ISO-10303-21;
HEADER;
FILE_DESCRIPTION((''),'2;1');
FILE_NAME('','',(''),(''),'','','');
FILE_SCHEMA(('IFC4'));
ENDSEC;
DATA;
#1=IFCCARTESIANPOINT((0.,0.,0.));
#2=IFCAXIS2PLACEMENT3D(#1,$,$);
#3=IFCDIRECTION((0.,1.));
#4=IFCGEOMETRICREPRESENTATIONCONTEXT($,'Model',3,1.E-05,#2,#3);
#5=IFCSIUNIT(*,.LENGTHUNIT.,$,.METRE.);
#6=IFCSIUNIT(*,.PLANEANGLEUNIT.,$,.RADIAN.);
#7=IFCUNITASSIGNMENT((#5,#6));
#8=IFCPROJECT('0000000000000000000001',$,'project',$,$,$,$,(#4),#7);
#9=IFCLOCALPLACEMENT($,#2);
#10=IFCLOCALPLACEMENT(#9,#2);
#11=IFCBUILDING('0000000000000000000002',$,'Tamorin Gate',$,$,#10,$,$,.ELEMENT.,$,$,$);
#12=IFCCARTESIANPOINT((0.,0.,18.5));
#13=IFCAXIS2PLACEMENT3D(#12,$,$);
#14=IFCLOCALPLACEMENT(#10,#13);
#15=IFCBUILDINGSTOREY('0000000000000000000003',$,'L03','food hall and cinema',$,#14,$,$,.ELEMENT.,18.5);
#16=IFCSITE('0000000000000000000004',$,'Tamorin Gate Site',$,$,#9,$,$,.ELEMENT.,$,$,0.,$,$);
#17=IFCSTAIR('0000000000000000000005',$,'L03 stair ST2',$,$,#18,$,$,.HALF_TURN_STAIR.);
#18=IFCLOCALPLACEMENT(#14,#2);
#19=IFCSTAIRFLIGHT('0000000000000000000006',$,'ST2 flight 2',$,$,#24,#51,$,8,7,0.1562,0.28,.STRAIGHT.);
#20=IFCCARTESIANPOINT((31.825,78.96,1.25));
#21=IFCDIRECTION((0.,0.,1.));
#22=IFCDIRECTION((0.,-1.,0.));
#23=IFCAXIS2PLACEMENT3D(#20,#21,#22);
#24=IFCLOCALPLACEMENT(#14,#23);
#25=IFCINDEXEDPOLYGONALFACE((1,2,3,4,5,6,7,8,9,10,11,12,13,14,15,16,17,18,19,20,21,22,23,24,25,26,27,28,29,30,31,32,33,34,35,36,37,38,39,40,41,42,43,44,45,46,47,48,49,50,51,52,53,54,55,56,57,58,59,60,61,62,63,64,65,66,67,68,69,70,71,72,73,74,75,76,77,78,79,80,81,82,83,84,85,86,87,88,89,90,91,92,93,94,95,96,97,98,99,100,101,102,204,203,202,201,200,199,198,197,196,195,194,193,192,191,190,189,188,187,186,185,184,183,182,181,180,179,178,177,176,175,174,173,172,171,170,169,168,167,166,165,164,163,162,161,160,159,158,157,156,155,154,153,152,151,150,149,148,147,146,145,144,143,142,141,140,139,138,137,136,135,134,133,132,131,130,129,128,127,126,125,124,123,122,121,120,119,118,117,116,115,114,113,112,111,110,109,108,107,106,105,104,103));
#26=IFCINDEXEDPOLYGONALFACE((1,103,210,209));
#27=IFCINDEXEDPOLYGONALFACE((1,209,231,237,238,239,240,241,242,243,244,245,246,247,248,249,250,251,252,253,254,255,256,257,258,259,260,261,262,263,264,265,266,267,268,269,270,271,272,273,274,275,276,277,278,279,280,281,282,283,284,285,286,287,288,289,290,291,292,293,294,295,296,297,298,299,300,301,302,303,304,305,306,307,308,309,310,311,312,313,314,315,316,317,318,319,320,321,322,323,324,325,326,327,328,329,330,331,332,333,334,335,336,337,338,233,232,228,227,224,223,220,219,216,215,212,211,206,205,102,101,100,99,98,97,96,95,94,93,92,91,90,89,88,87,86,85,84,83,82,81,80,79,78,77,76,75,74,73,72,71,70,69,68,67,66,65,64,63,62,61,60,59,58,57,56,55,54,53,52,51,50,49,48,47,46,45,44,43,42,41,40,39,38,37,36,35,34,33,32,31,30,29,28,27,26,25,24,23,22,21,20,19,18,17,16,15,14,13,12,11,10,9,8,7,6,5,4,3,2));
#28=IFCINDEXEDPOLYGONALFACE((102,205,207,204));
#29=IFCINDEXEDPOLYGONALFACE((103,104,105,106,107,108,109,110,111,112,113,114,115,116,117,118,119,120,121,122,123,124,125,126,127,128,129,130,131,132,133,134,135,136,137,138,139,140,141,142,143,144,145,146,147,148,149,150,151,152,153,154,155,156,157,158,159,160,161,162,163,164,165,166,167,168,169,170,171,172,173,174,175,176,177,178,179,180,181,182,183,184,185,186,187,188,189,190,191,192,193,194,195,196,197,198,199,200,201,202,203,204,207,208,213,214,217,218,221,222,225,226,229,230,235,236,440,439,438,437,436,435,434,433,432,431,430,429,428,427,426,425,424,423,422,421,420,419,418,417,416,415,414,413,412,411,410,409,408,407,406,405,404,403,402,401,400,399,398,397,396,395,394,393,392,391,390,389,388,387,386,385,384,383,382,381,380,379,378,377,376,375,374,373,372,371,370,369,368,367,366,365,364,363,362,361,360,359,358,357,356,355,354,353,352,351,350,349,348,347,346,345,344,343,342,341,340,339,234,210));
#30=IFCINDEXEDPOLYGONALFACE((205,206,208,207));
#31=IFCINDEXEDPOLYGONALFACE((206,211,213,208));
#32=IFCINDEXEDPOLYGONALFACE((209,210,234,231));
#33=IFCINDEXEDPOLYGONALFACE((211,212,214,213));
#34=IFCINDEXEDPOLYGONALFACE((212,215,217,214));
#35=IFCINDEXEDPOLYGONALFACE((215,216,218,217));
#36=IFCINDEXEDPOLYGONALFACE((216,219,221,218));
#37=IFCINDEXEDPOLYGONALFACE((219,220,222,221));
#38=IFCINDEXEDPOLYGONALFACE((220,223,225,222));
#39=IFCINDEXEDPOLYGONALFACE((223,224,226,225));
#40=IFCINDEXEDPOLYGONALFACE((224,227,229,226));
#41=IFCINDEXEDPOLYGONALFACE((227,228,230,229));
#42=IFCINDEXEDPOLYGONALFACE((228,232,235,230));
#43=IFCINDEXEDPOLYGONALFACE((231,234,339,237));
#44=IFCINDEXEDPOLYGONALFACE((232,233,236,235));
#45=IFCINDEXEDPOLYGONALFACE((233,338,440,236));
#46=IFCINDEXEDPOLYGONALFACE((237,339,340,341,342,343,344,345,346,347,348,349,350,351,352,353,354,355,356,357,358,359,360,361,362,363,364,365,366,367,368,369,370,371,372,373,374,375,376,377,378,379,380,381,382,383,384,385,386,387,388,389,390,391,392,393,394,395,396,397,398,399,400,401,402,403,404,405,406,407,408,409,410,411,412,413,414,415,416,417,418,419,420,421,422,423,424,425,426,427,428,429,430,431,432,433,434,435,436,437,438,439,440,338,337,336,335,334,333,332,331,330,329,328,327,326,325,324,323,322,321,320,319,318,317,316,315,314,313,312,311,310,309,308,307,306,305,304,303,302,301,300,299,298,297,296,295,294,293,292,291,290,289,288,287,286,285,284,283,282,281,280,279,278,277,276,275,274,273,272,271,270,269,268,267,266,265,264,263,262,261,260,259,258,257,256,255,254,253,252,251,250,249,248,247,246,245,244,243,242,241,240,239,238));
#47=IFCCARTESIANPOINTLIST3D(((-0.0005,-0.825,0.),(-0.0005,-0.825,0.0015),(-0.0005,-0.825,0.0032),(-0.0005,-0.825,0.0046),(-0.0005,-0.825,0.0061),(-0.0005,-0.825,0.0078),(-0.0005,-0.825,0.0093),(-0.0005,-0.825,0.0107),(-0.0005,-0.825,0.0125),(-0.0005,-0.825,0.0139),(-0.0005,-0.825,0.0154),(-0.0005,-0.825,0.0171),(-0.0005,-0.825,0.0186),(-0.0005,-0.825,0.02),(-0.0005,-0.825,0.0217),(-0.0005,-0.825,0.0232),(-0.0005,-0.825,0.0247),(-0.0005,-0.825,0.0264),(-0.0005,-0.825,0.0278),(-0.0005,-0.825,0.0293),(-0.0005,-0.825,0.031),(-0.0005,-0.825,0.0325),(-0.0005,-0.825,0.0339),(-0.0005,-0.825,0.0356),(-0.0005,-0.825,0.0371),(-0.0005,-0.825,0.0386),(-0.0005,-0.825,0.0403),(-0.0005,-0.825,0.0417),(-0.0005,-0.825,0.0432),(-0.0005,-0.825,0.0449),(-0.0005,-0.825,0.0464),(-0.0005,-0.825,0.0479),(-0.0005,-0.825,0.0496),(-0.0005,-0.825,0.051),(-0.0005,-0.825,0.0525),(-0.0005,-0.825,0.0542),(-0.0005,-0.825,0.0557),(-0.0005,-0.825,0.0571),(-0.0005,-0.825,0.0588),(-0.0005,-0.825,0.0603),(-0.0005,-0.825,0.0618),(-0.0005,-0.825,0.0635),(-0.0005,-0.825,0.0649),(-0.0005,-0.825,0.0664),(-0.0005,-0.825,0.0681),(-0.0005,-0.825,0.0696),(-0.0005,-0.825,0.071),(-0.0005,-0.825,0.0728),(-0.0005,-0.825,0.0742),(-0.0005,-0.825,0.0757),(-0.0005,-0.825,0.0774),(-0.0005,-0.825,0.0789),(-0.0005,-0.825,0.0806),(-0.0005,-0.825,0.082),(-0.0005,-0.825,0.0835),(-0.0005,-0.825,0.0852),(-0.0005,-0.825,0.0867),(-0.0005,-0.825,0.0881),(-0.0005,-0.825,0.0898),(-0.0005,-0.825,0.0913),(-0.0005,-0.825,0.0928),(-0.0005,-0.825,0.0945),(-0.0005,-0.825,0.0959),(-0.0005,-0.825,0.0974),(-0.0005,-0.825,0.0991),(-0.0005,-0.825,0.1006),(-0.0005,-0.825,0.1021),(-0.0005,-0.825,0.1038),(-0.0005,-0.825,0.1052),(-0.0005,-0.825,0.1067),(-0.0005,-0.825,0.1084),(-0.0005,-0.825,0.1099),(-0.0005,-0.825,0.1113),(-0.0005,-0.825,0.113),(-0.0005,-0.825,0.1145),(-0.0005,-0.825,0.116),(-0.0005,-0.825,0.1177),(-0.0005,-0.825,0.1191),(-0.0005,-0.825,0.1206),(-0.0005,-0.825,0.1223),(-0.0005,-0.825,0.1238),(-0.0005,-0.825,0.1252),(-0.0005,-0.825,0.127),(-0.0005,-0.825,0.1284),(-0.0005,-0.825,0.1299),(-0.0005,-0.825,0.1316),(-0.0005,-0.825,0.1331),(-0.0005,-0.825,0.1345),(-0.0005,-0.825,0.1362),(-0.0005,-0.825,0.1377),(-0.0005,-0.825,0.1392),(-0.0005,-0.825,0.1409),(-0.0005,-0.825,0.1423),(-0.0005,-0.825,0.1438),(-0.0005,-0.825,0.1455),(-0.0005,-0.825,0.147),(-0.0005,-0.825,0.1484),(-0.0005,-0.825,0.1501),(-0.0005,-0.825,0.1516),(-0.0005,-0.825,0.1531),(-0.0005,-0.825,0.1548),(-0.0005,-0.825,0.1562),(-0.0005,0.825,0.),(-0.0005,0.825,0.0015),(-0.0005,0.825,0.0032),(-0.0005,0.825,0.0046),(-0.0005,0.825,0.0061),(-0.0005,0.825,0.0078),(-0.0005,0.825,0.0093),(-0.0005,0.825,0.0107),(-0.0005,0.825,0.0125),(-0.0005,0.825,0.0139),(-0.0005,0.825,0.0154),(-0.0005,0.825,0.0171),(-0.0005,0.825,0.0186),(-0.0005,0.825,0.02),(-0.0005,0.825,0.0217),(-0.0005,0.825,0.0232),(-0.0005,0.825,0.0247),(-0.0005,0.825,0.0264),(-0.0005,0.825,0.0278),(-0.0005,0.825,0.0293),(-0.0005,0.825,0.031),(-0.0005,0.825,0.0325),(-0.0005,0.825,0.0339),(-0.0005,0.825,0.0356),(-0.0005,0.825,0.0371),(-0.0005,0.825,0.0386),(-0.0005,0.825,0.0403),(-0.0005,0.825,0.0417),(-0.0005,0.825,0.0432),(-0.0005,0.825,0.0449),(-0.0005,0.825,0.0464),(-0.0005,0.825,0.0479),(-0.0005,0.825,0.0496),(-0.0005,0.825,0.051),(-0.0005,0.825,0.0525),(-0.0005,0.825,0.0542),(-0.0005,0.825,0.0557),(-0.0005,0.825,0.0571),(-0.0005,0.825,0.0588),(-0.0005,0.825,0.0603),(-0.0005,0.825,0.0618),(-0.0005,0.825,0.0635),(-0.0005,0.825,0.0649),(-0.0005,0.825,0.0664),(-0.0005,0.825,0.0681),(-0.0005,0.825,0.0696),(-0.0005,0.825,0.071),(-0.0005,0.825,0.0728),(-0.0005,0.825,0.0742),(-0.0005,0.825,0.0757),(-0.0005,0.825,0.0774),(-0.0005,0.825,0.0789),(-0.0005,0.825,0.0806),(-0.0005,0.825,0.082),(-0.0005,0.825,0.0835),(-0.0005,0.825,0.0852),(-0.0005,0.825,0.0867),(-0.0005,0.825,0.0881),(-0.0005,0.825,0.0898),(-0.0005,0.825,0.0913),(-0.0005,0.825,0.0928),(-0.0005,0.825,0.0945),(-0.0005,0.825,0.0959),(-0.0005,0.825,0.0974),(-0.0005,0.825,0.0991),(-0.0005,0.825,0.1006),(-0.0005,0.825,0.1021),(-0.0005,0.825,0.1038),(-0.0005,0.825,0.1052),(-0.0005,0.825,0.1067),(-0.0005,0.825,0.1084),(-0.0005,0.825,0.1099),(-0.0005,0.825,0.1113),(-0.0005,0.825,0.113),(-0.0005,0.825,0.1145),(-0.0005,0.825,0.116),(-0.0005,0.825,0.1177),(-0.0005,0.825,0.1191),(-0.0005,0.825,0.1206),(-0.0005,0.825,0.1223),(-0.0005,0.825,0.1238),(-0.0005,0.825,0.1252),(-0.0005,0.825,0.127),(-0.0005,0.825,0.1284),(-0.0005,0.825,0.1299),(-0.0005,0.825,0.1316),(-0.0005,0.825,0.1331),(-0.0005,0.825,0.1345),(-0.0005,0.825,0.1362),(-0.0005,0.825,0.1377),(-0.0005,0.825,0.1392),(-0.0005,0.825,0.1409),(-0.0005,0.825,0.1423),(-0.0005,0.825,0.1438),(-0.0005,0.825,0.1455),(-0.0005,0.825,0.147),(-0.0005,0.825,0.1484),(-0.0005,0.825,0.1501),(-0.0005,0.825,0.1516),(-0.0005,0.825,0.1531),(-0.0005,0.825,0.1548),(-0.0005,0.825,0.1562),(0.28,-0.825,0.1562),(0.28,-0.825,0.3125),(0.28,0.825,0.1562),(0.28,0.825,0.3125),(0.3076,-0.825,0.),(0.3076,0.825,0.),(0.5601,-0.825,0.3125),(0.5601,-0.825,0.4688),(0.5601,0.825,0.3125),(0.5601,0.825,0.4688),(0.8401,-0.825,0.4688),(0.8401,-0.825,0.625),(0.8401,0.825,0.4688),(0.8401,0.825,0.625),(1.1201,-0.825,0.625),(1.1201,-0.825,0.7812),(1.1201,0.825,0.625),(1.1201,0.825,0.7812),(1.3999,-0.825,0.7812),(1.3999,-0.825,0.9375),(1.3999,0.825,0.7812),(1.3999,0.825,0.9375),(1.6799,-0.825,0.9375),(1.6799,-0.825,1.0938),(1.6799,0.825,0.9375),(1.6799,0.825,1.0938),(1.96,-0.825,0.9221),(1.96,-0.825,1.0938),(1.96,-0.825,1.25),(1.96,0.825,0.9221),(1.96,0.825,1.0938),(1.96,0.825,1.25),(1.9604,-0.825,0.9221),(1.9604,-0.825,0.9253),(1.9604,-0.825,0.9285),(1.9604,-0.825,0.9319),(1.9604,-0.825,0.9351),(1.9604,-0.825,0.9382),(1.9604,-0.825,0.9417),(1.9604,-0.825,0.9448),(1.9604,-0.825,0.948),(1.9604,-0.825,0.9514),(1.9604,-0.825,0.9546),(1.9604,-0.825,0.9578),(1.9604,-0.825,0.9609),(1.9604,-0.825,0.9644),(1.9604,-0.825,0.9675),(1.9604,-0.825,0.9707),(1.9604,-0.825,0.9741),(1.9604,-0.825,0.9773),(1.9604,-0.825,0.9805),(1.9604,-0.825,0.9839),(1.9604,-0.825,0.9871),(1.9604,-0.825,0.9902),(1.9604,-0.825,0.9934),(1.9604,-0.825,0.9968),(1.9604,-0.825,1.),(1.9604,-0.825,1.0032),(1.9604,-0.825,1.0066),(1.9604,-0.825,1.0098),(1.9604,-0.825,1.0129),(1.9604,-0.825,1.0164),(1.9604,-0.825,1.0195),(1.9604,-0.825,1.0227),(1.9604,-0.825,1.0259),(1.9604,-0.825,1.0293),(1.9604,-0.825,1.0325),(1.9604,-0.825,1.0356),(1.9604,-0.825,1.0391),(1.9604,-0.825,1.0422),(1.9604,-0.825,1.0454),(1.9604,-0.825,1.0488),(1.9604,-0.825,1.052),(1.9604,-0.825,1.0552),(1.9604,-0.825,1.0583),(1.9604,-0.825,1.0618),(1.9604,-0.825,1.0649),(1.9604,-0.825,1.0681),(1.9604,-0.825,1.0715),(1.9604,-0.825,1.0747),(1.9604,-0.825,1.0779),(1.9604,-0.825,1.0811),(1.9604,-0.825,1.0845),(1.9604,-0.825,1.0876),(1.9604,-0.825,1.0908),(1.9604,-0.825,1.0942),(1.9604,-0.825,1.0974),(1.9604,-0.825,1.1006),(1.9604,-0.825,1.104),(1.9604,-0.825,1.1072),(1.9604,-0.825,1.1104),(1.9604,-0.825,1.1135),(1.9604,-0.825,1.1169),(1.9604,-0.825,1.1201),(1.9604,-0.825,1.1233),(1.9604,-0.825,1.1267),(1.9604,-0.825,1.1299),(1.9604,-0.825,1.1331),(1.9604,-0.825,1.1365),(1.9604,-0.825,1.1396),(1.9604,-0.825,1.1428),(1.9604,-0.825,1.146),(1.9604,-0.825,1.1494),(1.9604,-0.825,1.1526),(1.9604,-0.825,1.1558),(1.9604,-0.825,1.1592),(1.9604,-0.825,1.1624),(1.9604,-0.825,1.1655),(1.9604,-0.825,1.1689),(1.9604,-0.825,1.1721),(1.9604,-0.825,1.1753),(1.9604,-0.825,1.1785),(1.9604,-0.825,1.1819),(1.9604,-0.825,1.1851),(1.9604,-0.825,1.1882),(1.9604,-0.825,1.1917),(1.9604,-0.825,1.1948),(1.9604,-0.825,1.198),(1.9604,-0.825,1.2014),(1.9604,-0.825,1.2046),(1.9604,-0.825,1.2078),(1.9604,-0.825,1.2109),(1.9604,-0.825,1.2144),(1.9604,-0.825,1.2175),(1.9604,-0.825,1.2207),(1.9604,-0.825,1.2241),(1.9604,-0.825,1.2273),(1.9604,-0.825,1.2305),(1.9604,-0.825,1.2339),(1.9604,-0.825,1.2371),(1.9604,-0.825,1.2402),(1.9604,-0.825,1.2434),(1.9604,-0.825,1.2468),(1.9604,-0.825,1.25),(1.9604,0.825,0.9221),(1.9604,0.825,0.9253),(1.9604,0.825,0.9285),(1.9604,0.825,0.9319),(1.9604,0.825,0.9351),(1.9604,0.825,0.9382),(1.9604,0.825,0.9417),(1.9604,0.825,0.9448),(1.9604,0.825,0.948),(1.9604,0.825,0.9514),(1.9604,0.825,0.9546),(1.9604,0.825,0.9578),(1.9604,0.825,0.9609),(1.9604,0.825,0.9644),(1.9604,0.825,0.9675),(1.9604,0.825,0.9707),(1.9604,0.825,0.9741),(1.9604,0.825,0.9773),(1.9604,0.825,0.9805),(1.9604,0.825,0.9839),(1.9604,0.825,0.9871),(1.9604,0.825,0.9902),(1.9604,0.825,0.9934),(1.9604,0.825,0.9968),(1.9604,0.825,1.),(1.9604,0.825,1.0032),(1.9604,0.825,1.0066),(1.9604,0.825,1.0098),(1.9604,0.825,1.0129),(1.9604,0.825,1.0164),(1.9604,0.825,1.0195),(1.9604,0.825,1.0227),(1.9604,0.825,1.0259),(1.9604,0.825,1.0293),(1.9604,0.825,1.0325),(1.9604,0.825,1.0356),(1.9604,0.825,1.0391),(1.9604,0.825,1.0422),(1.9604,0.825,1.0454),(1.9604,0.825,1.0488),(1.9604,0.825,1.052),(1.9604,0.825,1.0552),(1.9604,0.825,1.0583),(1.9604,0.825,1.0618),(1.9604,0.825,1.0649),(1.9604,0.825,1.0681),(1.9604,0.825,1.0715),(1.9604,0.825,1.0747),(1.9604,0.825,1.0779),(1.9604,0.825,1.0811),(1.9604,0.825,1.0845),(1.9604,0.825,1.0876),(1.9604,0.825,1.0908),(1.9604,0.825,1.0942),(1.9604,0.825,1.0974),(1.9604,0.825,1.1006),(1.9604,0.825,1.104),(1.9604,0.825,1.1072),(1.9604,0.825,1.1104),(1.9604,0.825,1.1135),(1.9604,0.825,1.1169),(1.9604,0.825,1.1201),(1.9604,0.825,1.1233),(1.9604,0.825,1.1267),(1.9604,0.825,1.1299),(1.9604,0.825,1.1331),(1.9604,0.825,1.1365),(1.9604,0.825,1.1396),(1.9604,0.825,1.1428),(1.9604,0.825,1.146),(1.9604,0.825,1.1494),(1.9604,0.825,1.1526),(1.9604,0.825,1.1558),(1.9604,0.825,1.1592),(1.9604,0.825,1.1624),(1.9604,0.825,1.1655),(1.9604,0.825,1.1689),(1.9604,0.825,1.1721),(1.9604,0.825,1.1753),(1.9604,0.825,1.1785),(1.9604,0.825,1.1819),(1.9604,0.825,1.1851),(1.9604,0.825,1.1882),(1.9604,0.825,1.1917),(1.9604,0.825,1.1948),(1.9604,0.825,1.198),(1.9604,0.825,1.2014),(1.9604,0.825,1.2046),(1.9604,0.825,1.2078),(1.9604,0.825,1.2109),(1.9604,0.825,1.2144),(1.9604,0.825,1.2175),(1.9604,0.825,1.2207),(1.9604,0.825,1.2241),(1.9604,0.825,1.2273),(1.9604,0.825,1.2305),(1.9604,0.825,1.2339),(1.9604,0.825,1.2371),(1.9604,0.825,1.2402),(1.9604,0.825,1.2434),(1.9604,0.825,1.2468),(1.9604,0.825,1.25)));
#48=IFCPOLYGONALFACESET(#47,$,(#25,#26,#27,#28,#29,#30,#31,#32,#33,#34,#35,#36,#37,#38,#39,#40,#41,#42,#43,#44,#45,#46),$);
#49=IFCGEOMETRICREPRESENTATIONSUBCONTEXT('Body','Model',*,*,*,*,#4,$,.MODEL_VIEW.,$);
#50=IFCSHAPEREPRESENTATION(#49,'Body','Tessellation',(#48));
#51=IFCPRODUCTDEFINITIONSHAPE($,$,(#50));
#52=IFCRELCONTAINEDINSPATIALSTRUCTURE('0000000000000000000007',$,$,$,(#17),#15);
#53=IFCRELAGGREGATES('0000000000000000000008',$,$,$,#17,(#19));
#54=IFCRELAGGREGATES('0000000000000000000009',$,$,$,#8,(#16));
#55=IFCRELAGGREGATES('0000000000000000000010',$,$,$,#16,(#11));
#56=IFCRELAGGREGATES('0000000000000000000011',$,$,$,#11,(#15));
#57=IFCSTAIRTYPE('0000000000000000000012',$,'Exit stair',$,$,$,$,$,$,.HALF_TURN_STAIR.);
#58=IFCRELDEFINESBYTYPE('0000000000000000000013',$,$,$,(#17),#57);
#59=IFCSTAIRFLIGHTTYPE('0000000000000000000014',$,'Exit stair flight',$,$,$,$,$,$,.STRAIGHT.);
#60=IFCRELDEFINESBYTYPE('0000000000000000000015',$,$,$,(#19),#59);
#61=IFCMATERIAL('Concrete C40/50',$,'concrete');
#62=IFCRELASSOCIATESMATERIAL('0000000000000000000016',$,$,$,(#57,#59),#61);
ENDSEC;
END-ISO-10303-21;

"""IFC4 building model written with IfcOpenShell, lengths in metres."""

from ifc_helpers import new_model, si_unit, direction, frame, origin, place, context, subcontext, project, spatial, polyline, outline, extrude, material, type_object, element, aggregate, save


model = new_model("IFC4")

# Units and contexts
model_context = context("Model", 3, precision=1e-05, world=origin(), true_north=direction((0.0, 1.0)))
body_context = subcontext(model_context, "Body", "Model", "MODEL_VIEW")
ifc_project = project(units=[si_unit("LENGTHUNIT", "METRE"), si_unit("PLANEANGLEUNIT", "RADIAN")], contexts=[model_context])

# Site, building, storey
site_placement = place(None, origin())
site = spatial("IfcSite", under=ifc_project, at=site_placement, Name="Tamorin Gate Site", CompositionType="ELEMENT", RefElevation=0.0)
building_placement = place(site_placement, origin())
building = spatial("IfcBuilding", under=site, at=building_placement, Name="Tamorin Gate", CompositionType="ELEMENT")
storey_placement = place(building_placement, frame((0.0, 0.0, 18.5)))
storey = spatial("IfcBuildingStorey", under=building, at=storey_placement, Name="L03", Description="food hall and cinema", CompositionType="ELEMENT", Elevation=18.5)

# Stair, stair flight
ifc_material_1 = material(Name="Concrete C40/50", Category="concrete")
stair_type = type_object("IfcStairType", Name="Exit stair", PredefinedType="HALF_TURN_STAIR", material=ifc_material_1)
stair_placement = place(storey_placement, origin())
stair = element("IfcStair", 1, at=stair_placement, inside=storey, type_object=stair_type, Name="L03 stair ST2", PredefinedType="HALF_TURN_STAIR")
stair_flight_type = type_object("IfcStairFlightType", Name="Exit stair flight", PredefinedType="STRAIGHT", material=ifc_material_1)
stair_flight_1_placement = place(storey_placement, frame((31.825, 78.96, 1.25), z_axis=(0.0, 0.0, 1.0), x_axis=(0.0, -1.0, 0.0)))
stair_flight_1 = element("IfcStairFlight", 2, at=stair_flight_1_placement, type_object=stair_flight_type, Name="ST2 flight 2", NumberOfRisers=8, NumberOfTreads=7, PredefinedType="STRAIGHT", RiserHeight=0.1562, TreadLength=0.28, context=body_context, shape_type="SweptSolid", body=[
    extrude(outline(polyline([(-0.0005, 0.0), (-0.0005, 0.0015), (-0.0005, 0.0032), (-0.0005, 0.0046), (-0.0005, 0.0061), (-0.0005, 0.0078), (-0.0005, 0.0093), (-0.0005, 0.0107), (-0.0005, 0.0125), (-0.0005, 0.0139), (-0.0005, 0.0154), (-0.0005, 0.0171), (-0.0005, 0.0186), (-0.0005, 0.02), (-0.0005, 0.0217), (-0.0005, 0.0232), (-0.0005, 0.0247), (-0.0005, 0.0264), (-0.0005, 0.0278), (-0.0005, 0.0293), (-0.0005, 0.031), (-0.0005, 0.0325), (-0.0005, 0.0339), (-0.0005, 0.0356), (-0.0005, 0.0371), (-0.0005, 0.0386), (-0.0005, 0.0403), (-0.0005, 0.0417), (-0.0005, 0.0432), (-0.0005, 0.0449), (-0.0005, 0.0464), (-0.0005, 0.0479), (-0.0005, 0.0496), (-0.0005, 0.051), (-0.0005, 0.0525), (-0.0005, 0.0542), (-0.0005, 0.0557), (-0.0005, 0.0571), (-0.0005, 0.0588), (-0.0005, 0.0603), (-0.0005, 0.0618), (-0.0005, 0.0635), (-0.0005, 0.0649), (-0.0005, 0.0664), (-0.0005, 0.0681), (-0.0005, 0.0696), (-0.0005, 0.071), (-0.0005, 0.0728), (-0.0005, 0.0742), (-0.0005, 0.0757), (-0.0005, 0.0774), (-0.0005, 0.0789), (-0.0005, 0.0806), (-0.0005, 0.082), (-0.0005, 0.0835), (-0.0005, 0.0852), (-0.0005, 0.0867), (-0.0005, 0.0881), (-0.0005, 0.0898), (-0.0005, 0.0913), (-0.0005, 0.0928), (-0.0005, 0.0945), (-0.0005, 0.0959), (-0.0005, 0.0974), (-0.0005, 0.0991), (-0.0005, 0.1006), (-0.0005, 0.1021), (-0.0005, 0.1038), (-0.0005, 0.1052), (-0.0005, 0.1067), (-0.0005, 0.1084), (-0.0005, 0.1099), (-0.0005, 0.1113), (-0.0005, 0.113), (-0.0005, 0.1145), (-0.0005, 0.116), (-0.0005, 0.1177), (-0.0005, 0.1191), (-0.0005, 0.1206), (-0.0005, 0.1223), (-0.0005, 0.1238), (-0.0005, 0.1252), (-0.0005, 0.127), (-0.0005, 0.1284), (-0.0005, 0.1299), (-0.0005, 0.1316), (-0.0005, 0.1331), (-0.0005, 0.1345), (-0.0005, 0.1362), (-0.0005, 0.1377), (-0.0005, 0.1392), (-0.0005, 0.1409), (-0.0005, 0.1423), (-0.0005, 0.1438), (-0.0005, 0.1455), (-0.0005, 0.147), (-0.0005, 0.1484), (-0.0005, 0.1501), (-0.0005, 0.1516), (-0.0005, 0.1531), (-0.0005, 0.1548), (-0.0005, 0.1562), (0.28, 0.1562), (0.28, 0.3125), (0.5601, 0.3125), (0.5601, 0.4688), (0.8401, 0.4688), (0.8401, 0.625), (1.1201, 0.625), (1.1201, 0.7812), (1.3999, 0.7812), (1.3999, 0.9375), (1.6799, 0.9375), (1.6799, 1.0938), (1.96, 1.0938), (1.96, 1.25), (1.9604, 1.25), (1.9604, 1.2468), (1.9604, 1.2434), (1.9604, 1.2402), (1.9604, 1.2371), (1.9604, 1.2339), (1.9604, 1.2305), (1.9604, 1.2273), (1.9604, 1.2241), (1.9604, 1.2207), (1.9604, 1.2175), (1.9604, 1.2144), (1.9604, 1.2109), (1.9604, 1.2078), (1.9604, 1.2046), (1.9604, 1.2014), (1.9604, 1.198), (1.9604, 1.1948), (1.9604, 1.1917), (1.9604, 1.1882), (1.9604, 1.1851), (1.9604, 1.1819), (1.9604, 1.1785), (1.9604, 1.1753), (1.9604, 1.1721), (1.9604, 1.1689), (1.9604, 1.1655), (1.9604, 1.1624), (1.9604, 1.1592), (1.9604, 1.1558), (1.9604, 1.1526), (1.9604, 1.1494), (1.9604, 1.146), (1.9604, 1.1428), (1.9604, 1.1396), (1.9604, 1.1365), (1.9604, 1.1331), (1.9604, 1.1299), (1.9604, 1.1267), (1.9604, 1.1233), (1.9604, 1.1201), (1.9604, 1.1169), (1.9604, 1.1135), (1.9604, 1.1104), (1.9604, 1.1072), (1.9604, 1.104), (1.9604, 1.1006), (1.9604, 1.0974), (1.9604, 1.0942), (1.9604, 1.0908), (1.9604, 1.0876), (1.9604, 1.0845), (1.9604, 1.0811), (1.9604, 1.0779), (1.9604, 1.0747), (1.9604, 1.0715), (1.9604, 1.0681), (1.9604, 1.0649), (1.9604, 1.0618), (1.9604, 1.0583), (1.9604, 1.0552), (1.9604, 1.052), (1.9604, 1.0488), (1.9604, 1.0454), (1.9604, 1.0422), (1.9604, 1.0391), (1.9604, 1.0356), (1.9604, 1.0325), (1.9604, 1.0293), (1.9604, 1.0259), (1.9604, 1.0227), (1.9604, 1.0195), (1.9604, 1.0164), (1.9604, 1.0129), (1.9604, 1.0098), (1.9604, 1.0066), (1.9604, 1.0032), (1.9604, 1.0), (1.9604, 0.9968), (1.9604, 0.9934), (1.9604, 0.9902), (1.9604, 0.9871), (1.9604, 0.9839), (1.9604, 0.9805), (1.9604, 0.9773), (1.9604, 0.9741), (1.9604, 0.9707), (1.9604, 0.9675), (1.9604, 0.9644), (1.9604, 0.9609), (1.9604, 0.9578), (1.9604, 0.9546), (1.9604, 0.9514), (1.9604, 0.948), (1.9604, 0.9448), (1.9604, 0.9417), (1.9604, 0.9382), (1.9604, 0.9351), (1.9604, 0.9319), (1.9604, 0.9285), (1.9604, 0.9253), (1.9604, 0.9221), (1.96, 0.9221), (0.3076, 0.0), (-0.0005, 0.0)])), frame((0.0, 0.825, 0.0), z_axis=(0.0, -1.0, 0.0), x_axis=(1.0, 0.0, 0.0)), (0.0, 0.0, 1.0), 1.6499),
])
aggregate(stair, [stair_flight_1])

save(model, "model.ifc")
